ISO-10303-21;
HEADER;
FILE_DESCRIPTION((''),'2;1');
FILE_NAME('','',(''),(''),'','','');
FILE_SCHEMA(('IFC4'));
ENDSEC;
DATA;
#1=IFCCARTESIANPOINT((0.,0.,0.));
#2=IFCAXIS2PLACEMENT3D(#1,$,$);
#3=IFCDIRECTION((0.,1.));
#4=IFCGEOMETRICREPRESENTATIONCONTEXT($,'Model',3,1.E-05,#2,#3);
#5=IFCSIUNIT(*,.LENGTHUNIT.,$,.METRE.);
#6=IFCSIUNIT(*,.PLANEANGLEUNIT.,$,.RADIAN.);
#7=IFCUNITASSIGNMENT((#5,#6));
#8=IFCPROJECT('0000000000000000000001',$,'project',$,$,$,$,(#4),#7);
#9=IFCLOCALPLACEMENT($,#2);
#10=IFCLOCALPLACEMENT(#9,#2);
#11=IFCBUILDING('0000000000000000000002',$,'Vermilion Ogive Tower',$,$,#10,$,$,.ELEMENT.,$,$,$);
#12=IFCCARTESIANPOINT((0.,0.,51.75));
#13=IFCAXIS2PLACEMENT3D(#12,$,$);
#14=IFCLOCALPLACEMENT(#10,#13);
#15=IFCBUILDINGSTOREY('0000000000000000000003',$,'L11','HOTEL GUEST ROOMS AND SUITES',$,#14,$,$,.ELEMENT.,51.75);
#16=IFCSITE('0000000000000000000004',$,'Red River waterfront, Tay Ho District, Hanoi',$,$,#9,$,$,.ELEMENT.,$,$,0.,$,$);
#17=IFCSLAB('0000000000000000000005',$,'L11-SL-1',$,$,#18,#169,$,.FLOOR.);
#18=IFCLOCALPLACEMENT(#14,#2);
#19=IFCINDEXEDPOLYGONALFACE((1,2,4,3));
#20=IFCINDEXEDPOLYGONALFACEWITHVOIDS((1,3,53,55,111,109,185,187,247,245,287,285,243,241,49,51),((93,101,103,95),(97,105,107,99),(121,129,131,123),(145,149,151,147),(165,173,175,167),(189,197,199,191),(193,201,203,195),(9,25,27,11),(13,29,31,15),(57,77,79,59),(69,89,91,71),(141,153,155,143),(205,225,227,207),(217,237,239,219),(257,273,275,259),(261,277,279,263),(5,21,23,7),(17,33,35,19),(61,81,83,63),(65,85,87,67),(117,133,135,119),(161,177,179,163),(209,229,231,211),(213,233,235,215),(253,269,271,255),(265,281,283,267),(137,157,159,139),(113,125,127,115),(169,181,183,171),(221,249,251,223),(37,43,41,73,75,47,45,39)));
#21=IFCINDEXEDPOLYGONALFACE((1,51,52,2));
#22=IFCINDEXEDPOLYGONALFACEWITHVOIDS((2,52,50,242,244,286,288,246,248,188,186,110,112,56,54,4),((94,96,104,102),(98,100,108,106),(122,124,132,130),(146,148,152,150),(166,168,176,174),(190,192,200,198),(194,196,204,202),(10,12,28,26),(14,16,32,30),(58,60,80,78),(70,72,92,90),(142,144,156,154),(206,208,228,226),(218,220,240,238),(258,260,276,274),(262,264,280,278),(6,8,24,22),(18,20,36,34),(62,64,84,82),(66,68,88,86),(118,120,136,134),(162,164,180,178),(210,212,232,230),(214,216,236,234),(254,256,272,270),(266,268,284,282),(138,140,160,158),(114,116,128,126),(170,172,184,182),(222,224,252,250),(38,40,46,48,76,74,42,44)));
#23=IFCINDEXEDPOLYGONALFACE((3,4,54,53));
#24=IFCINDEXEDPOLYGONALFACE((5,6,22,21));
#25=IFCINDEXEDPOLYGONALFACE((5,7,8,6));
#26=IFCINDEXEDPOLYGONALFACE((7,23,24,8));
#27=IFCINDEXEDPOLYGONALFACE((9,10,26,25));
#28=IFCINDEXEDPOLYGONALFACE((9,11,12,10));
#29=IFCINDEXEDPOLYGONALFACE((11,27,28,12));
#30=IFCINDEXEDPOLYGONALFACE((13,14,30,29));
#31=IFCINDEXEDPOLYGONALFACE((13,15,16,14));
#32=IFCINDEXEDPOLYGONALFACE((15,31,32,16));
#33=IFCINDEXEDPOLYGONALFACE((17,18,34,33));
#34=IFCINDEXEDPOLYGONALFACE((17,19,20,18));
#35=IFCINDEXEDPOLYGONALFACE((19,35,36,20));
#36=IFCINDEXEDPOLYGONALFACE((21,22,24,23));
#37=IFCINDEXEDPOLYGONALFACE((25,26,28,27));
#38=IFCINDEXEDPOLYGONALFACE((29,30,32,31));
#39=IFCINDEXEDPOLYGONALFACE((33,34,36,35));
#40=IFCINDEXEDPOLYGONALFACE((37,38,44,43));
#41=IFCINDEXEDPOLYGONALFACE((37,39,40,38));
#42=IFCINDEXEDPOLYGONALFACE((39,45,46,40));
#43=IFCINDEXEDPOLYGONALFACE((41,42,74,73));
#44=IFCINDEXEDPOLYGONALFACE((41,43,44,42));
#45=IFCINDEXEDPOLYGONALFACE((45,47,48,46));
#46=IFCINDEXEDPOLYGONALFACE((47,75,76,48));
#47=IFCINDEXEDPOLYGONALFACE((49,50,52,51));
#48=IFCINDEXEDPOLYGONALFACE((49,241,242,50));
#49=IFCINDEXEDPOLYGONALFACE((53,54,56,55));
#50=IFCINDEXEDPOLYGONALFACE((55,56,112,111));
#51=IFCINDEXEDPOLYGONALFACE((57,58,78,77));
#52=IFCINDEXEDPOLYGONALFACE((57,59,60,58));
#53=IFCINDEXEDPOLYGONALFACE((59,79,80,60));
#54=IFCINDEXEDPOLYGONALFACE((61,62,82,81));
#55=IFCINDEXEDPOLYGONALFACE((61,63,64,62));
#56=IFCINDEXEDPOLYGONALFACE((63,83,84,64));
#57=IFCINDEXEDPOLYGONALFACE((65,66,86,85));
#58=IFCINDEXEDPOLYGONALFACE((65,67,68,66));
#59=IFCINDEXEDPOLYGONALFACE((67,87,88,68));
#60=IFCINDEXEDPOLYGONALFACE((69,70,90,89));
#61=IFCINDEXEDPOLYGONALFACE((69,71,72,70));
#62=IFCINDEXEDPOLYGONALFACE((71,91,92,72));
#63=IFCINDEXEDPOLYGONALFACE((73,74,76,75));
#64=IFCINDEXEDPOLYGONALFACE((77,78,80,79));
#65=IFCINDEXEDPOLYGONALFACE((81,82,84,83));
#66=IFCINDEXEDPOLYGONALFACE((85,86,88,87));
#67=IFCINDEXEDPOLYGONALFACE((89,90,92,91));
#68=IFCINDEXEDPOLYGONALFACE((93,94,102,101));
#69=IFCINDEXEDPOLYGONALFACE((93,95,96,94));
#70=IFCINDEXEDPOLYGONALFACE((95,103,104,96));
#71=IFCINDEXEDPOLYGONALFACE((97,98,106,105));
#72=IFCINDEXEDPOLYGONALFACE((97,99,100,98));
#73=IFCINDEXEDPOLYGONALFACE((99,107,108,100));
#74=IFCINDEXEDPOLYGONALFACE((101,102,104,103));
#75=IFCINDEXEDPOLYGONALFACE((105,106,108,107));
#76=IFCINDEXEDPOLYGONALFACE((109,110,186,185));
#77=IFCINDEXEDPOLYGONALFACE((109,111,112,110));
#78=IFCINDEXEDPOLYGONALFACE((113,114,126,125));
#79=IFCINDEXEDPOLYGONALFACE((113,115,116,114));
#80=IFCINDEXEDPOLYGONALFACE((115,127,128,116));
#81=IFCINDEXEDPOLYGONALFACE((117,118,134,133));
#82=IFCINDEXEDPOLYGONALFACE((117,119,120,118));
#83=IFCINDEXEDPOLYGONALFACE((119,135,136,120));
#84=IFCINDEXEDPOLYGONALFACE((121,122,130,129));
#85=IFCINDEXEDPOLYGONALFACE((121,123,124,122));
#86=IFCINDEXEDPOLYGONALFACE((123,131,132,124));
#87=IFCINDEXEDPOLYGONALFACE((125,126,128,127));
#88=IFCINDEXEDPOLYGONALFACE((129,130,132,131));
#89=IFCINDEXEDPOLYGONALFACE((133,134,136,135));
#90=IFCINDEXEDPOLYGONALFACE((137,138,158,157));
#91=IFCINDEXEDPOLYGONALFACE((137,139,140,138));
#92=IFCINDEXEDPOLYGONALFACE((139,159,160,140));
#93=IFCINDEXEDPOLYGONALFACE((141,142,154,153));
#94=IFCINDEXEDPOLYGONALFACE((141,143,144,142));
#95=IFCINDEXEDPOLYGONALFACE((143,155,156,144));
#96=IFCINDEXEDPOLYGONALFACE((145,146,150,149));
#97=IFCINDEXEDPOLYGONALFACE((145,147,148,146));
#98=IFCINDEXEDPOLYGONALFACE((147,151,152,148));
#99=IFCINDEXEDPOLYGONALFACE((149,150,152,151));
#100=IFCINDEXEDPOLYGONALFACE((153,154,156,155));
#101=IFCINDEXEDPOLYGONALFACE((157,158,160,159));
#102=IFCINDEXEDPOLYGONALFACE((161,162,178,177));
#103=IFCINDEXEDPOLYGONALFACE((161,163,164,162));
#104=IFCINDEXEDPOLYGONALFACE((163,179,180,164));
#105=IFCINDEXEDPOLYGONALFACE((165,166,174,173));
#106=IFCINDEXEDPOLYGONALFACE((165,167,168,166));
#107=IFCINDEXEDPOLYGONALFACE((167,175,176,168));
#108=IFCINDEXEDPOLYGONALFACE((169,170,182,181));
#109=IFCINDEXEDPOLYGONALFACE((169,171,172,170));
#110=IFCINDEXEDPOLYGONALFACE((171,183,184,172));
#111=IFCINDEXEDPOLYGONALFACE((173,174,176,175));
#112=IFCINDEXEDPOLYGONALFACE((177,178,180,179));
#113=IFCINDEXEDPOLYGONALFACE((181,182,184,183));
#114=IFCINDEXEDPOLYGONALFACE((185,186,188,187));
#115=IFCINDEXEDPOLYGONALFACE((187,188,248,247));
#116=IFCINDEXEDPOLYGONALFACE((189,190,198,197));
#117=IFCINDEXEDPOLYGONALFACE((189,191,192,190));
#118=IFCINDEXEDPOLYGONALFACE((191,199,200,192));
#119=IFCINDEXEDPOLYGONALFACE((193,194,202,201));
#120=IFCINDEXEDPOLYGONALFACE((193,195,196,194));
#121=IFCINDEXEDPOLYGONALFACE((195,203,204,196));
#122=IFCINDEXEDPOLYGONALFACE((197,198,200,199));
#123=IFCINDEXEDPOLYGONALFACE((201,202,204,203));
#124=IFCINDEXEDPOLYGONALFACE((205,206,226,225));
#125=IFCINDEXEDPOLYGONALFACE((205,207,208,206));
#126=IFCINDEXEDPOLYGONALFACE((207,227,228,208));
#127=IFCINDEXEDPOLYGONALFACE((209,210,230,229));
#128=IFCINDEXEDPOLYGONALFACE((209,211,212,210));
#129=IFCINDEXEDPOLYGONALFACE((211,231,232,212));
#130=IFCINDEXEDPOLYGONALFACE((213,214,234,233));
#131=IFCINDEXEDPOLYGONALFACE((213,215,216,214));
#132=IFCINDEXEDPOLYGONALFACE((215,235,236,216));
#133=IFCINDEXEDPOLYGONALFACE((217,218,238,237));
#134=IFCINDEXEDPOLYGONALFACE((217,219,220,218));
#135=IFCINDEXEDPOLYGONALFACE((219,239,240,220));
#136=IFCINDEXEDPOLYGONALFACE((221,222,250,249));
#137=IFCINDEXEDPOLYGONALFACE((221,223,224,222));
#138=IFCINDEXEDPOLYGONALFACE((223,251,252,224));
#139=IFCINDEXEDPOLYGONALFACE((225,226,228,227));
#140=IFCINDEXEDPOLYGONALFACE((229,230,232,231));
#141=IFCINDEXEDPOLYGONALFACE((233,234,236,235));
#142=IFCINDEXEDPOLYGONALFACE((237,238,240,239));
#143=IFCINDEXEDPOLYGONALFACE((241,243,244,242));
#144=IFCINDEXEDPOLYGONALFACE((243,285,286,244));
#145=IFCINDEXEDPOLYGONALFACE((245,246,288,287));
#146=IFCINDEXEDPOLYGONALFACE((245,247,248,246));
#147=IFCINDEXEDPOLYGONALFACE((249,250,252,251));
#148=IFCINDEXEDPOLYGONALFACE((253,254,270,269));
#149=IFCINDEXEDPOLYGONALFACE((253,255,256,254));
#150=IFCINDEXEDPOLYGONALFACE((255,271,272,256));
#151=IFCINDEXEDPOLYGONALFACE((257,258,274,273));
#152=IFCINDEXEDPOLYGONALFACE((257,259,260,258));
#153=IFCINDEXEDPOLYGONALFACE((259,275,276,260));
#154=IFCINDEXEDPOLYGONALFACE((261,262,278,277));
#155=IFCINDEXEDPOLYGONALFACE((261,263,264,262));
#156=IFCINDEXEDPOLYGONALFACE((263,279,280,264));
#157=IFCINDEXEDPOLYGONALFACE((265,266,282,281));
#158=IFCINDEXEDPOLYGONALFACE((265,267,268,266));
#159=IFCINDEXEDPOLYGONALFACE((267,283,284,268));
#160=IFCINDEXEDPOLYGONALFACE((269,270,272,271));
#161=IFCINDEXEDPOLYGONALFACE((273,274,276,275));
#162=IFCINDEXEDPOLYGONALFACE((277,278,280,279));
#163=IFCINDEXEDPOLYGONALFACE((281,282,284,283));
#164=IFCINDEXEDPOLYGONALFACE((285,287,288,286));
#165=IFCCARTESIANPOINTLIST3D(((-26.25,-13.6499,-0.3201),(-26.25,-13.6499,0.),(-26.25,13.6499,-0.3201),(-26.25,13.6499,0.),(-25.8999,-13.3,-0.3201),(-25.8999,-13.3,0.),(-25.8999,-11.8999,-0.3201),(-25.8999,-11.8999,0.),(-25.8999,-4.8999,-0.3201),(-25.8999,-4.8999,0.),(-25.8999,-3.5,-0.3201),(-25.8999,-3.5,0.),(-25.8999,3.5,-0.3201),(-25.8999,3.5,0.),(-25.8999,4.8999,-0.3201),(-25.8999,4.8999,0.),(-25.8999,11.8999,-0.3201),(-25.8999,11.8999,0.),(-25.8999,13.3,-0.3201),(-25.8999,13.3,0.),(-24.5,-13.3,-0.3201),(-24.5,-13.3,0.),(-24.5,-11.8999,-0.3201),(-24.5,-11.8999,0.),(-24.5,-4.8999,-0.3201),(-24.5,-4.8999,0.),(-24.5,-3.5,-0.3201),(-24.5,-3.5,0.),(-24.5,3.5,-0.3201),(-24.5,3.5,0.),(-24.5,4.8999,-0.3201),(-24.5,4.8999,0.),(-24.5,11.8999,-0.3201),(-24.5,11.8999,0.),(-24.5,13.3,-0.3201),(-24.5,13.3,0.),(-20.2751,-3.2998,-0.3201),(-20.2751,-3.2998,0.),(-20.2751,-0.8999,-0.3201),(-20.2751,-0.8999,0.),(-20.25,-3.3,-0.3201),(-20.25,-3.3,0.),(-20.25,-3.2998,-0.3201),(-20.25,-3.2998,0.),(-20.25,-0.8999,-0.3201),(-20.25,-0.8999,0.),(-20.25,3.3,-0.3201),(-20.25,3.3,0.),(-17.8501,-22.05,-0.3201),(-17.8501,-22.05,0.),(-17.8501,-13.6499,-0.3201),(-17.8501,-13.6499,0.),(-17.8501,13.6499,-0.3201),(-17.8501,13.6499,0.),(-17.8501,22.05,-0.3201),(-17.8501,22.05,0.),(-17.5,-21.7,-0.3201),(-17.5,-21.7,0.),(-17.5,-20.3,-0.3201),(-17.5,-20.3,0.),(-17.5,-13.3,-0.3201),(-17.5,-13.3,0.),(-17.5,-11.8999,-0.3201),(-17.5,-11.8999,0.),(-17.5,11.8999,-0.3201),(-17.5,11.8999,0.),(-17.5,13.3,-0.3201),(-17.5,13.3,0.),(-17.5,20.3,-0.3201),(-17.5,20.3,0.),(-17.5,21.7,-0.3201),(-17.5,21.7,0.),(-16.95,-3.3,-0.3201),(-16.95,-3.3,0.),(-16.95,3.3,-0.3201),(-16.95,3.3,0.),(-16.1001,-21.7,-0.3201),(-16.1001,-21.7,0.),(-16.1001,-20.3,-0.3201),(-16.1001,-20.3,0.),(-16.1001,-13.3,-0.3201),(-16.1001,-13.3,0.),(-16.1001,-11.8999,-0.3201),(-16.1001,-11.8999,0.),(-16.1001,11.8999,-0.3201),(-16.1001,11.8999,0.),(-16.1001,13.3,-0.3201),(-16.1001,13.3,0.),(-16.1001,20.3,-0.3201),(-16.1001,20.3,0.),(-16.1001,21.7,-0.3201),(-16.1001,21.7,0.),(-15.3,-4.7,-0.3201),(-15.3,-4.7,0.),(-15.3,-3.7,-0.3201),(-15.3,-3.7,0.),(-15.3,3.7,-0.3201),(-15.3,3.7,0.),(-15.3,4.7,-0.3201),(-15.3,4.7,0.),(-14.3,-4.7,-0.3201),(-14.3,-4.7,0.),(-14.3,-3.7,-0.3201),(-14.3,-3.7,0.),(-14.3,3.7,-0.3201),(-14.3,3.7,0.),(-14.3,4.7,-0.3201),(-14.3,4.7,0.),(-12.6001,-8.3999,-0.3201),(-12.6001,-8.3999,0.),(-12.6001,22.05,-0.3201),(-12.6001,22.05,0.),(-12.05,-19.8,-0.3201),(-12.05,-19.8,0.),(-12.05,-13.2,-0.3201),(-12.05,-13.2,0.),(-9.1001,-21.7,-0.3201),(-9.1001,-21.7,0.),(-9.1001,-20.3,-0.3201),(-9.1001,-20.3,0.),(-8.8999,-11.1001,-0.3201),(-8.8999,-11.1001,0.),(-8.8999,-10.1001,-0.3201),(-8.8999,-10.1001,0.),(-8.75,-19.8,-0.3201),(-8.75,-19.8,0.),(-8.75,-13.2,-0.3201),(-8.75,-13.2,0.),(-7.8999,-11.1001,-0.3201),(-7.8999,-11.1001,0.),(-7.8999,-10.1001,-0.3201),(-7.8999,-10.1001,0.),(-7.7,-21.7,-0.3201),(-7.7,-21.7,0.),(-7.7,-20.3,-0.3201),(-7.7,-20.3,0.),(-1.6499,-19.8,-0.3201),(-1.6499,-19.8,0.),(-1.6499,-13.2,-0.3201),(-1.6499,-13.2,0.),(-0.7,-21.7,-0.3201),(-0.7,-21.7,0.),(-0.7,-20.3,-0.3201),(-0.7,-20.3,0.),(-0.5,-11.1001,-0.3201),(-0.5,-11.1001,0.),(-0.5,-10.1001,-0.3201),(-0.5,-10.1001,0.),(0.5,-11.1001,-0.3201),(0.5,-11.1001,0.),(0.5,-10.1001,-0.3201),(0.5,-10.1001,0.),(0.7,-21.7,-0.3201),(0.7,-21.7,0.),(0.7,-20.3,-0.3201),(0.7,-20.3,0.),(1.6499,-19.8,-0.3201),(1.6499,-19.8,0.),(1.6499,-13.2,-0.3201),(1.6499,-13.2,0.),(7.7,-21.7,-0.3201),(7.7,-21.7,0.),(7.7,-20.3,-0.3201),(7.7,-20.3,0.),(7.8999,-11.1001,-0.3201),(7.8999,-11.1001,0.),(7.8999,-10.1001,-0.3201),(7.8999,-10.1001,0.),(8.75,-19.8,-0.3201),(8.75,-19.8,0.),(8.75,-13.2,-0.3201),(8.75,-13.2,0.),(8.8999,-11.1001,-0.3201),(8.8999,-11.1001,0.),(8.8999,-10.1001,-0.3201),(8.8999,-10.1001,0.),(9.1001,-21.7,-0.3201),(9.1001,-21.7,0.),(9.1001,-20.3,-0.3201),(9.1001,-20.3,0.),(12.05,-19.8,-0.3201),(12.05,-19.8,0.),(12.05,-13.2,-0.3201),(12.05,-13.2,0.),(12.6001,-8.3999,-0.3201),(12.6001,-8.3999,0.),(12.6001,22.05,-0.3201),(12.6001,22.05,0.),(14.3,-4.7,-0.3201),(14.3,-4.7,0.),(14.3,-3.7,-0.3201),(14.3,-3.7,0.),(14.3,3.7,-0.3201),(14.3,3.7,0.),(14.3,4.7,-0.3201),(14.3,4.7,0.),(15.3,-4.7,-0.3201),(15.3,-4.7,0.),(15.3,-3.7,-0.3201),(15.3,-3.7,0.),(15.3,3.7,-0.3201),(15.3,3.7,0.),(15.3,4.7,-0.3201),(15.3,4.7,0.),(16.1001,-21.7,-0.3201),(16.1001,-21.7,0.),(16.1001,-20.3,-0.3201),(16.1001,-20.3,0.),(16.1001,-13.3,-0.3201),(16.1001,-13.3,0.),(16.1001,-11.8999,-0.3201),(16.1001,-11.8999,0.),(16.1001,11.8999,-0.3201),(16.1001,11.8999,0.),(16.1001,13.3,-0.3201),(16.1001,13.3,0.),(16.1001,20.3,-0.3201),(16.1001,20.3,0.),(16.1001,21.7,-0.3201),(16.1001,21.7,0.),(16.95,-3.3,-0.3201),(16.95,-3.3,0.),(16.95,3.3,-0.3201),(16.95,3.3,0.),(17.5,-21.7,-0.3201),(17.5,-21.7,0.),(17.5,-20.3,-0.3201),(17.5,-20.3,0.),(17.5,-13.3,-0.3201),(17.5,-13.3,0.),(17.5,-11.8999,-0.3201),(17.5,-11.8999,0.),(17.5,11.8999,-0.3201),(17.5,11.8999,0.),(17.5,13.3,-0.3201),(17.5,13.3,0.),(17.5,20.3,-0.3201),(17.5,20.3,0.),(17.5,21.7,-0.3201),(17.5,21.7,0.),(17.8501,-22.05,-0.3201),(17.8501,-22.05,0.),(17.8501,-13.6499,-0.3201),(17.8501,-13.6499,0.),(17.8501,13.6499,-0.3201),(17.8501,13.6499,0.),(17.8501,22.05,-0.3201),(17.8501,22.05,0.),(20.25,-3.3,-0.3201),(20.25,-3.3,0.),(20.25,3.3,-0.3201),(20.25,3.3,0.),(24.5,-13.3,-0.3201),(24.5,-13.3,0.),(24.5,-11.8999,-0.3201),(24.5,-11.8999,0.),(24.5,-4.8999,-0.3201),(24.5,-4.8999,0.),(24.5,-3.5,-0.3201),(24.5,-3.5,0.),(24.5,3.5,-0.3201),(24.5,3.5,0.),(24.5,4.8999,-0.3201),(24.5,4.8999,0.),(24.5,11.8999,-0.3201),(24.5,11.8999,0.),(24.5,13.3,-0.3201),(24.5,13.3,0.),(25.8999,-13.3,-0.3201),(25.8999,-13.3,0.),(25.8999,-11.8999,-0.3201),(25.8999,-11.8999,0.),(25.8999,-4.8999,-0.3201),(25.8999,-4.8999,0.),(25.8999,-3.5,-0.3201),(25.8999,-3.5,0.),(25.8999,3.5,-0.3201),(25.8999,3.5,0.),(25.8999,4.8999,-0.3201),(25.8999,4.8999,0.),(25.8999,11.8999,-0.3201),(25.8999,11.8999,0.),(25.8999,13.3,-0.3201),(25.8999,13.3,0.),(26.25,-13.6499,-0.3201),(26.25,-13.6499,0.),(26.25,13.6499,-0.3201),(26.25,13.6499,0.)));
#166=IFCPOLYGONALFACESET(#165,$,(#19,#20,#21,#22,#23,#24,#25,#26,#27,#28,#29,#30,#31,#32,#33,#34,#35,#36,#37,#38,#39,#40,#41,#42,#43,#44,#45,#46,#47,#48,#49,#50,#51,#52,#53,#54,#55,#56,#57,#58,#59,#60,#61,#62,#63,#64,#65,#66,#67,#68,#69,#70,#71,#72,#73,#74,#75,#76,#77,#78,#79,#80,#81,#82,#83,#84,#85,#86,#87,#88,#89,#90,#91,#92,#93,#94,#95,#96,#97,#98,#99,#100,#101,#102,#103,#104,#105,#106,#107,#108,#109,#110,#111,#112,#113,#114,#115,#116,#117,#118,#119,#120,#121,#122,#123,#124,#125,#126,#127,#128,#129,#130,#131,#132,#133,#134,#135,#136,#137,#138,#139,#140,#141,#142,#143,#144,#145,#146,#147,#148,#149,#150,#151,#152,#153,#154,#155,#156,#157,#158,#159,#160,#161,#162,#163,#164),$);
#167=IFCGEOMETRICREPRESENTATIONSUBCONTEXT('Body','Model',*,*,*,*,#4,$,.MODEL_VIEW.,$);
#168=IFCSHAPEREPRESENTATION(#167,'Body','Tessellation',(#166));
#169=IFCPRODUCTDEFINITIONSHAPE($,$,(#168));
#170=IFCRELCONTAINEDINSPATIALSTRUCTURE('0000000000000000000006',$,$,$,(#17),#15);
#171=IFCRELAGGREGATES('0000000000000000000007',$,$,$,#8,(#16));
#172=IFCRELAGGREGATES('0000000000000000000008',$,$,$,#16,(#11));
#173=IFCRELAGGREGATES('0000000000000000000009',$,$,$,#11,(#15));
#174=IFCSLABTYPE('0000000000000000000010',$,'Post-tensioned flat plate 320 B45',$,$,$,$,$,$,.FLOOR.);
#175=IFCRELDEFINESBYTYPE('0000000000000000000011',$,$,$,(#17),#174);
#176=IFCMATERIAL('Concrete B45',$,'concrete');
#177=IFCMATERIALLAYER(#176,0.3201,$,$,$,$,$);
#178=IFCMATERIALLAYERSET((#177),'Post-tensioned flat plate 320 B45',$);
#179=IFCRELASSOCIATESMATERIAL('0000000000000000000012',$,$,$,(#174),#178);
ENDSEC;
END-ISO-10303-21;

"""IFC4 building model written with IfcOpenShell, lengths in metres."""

from ifc_helpers import new_model, si_unit, direction, frame, origin, place, context, subcontext, project, spatial, polyline, outline, extrude, material, layer, layer_set, type_object, element, save


model = new_model("IFC4")

# Units and contexts
model_context = context("Model", 3, precision=1e-05, world=origin(), true_north=direction((0.0, 1.0)))
body_context = subcontext(model_context, "Body", "Model", "MODEL_VIEW")
ifc_project = project(units=[si_unit("LENGTHUNIT", "METRE"), si_unit("PLANEANGLEUNIT", "RADIAN")], contexts=[model_context])

# Site, building, storey
site_placement = place(None, origin())
site = spatial("IfcSite", under=ifc_project, at=site_placement, Name="Red River waterfront, Tay Ho District, Hanoi", CompositionType="ELEMENT", RefElevation=0.0)
building_placement = place(site_placement, origin())
building = spatial("IfcBuilding", under=site, at=building_placement, Name="Vermilion Ogive Tower", CompositionType="ELEMENT")
storey_placement = place(building_placement, frame((0.0, 0.0, 51.75)))
storey = spatial("IfcBuildingStorey", under=building, at=storey_placement, Name="L11", Description="HOTEL GUEST ROOMS AND SUITES", CompositionType="ELEMENT", Elevation=51.75)

# Slab
ifc_material_1 = material(Name="Concrete B45", Category="concrete")
ifc_layer_1 = layer(ifc_material_1, 0.3201)
ifc_layer_set_1 = layer_set([ifc_layer_1], Name="Post-tensioned flat plate 320 B45")
slab_type_1 = type_object("IfcSlabType", Name="Post-tensioned flat plate 320 B45", PredefinedType="FLOOR", material=ifc_layer_set_1)
slab_1_placement = place(storey_placement, frame((0.0, 0.0, -0.3201)))
element("IfcSlab", 1, at=slab_1_placement, inside=storey, type_object=slab_type_1, Name="L11-SL-1", PredefinedType="FLOOR", context=body_context, shape_type="SweptSolid", body=[
    extrude(outline(polyline([(-26.25, -13.6499), (-17.8501, -13.6499), (-17.8501, -22.05), (17.8501, -22.05), (17.8501, -13.6499), (26.25, -13.6499), (26.25, 13.6499), (17.8501, 13.6499), (17.8501, 22.05), (12.6001, 22.05), (12.6001, -8.3999), (-12.6001, -8.3999), (-12.6001, 22.05), (-17.8501, 22.05), (-17.8501, 13.6499), (-26.25, 13.6499), (-26.25, -13.6499)]), holes=[polyline([(25.8999, -3.5), (25.8999, -4.8999), (24.5, -4.8999), (24.5, -3.5), (25.8999, -3.5)]), polyline([(25.8999, -11.8999), (25.8999, -13.3), (24.5, -13.3), (24.5, -11.8999), (25.8999, -11.8999)]), polyline([(25.8999, 11.8999), (24.5, 11.8999), (24.5, 13.3), (25.8999, 13.3), (25.8999, 11.8999)]), polyline([(25.8999, 3.5), (24.5, 3.5), (24.5, 4.8999), (25.8999, 4.8999), (25.8999, 3.5)]), polyline([(20.25, 3.3), (20.25, -3.3), (16.95, -3.3), (16.95, 3.3), (20.25, 3.3)]), polyline([(17.5, -11.8999), (17.5, -13.3), (16.1001, -13.3), (16.1001, -11.8999), (17.5, -11.8999)]), polyline([(17.5, 20.3), (16.1001, 20.3), (16.1001, 21.7), (17.5, 21.7), (17.5, 20.3)]), polyline([(17.5, -20.3), (17.5, -21.7), (16.1001, -21.7), (16.1001, -20.3), (17.5, -20.3)]), polyline([(17.5, 13.3), (17.5, 11.8999), (16.1001, 11.8999), (16.1001, 13.3), (17.5, 13.3)]), polyline([(15.3, 4.7), (15.3, 3.7), (14.3, 3.7), (14.3, 4.7), (15.3, 4.7)]), polyline([(15.3, -4.7), (14.3, -4.7), (14.3, -3.7), (15.3, -3.7), (15.3, -4.7)]), polyline([(12.05, -13.2), (12.05, -19.8), (8.75, -19.8), (8.75, -13.2), (12.05, -13.2)]), polyline([(9.1001, -20.3), (9.1001, -21.7), (7.7, -21.7), (7.7, -20.3), (9.1001, -20.3)]), polyline([(8.8999, -11.1001), (7.8999, -11.1001), (7.8999, -10.1001), (8.8999, -10.1001), (8.8999, -11.1001)]), polyline([(1.6499, -13.2), (1.6499, -19.8), (-1.6499, -19.8), (-1.6499, -13.2), (1.6499, -13.2)]), polyline([(0.7, -20.3), (0.7, -21.7), (-0.7, -21.7), (-0.7, -20.3), (0.7, -20.3)]), polyline([(0.5, -10.1001), (0.5, -11.1001), (-0.5, -11.1001), (-0.5, -10.1001), (0.5, -10.1001)]), polyline([(-7.7, -20.3), (-7.7, -21.7), (-9.1001, -21.7), (-9.1001, -20.3), (-7.7, -20.3)]), polyline([(-7.8999, -10.1001), (-7.8999, -11.1001), (-8.8999, -11.1001), (-8.8999, -10.1001), (-7.8999, -10.1001)]), polyline([(-8.75, -13.2), (-8.75, -19.8), (-12.05, -19.8), (-12.05, -13.2), (-8.75, -13.2)]), polyline([(-14.3, 4.7), (-14.3, 3.7), (-15.3, 3.7), (-15.3, 4.7), (-14.3, 4.7)]), polyline([(-14.3, -4.7), (-15.3, -4.7), (-15.3, -3.7), (-14.3, -3.7), (-14.3, -4.7)]), polyline([(-16.1001, 13.3), (-16.1001, 11.8999), (-17.5, 11.8999), (-17.5, 13.3), (-16.1001, 13.3)]), polyline([(-16.1001, -11.8999), (-16.1001, -13.3), (-17.5, -13.3), (-17.5, -11.8999), (-16.1001, -11.8999)]), polyline([(-16.1001, -20.3), (-16.1001, -21.7), (-17.5, -21.7), (-17.5, -20.3), (-16.1001, -20.3)]), polyline([(-16.1001, 20.3), (-17.5, 20.3), (-17.5, 21.7), (-16.1001, 21.7), (-16.1001, 20.3)]), polyline([(-16.95, 3.3), (-16.95, -3.3), (-20.25, -3.3), (-20.25, -3.2998), (-20.2751, -3.2998), (-20.2751, -0.8999), (-20.25, -0.8999), (-20.25, 3.3), (-16.95, 3.3)]), polyline([(-24.5, 3.5), (-25.8999, 3.5), (-25.8999, 4.8999), (-24.5, 4.8999), (-24.5, 3.5)]), polyline([(-24.5, 13.3), (-24.5, 11.8999), (-25.8999, 11.8999), (-25.8999, 13.3), (-24.5, 13.3)]), polyline([(-24.5, -3.5), (-24.5, -4.8999), (-25.8999, -4.8999), (-25.8999, -3.5), (-24.5, -3.5)]), polyline([(-24.5, -11.8999), (-24.5, -13.3), (-25.8999, -13.3), (-25.8999, -11.8999), (-24.5, -11.8999)])]), origin(), (0.0, 0.0, 1.0), 0.3201),
])

save(model, "model.ifc")
